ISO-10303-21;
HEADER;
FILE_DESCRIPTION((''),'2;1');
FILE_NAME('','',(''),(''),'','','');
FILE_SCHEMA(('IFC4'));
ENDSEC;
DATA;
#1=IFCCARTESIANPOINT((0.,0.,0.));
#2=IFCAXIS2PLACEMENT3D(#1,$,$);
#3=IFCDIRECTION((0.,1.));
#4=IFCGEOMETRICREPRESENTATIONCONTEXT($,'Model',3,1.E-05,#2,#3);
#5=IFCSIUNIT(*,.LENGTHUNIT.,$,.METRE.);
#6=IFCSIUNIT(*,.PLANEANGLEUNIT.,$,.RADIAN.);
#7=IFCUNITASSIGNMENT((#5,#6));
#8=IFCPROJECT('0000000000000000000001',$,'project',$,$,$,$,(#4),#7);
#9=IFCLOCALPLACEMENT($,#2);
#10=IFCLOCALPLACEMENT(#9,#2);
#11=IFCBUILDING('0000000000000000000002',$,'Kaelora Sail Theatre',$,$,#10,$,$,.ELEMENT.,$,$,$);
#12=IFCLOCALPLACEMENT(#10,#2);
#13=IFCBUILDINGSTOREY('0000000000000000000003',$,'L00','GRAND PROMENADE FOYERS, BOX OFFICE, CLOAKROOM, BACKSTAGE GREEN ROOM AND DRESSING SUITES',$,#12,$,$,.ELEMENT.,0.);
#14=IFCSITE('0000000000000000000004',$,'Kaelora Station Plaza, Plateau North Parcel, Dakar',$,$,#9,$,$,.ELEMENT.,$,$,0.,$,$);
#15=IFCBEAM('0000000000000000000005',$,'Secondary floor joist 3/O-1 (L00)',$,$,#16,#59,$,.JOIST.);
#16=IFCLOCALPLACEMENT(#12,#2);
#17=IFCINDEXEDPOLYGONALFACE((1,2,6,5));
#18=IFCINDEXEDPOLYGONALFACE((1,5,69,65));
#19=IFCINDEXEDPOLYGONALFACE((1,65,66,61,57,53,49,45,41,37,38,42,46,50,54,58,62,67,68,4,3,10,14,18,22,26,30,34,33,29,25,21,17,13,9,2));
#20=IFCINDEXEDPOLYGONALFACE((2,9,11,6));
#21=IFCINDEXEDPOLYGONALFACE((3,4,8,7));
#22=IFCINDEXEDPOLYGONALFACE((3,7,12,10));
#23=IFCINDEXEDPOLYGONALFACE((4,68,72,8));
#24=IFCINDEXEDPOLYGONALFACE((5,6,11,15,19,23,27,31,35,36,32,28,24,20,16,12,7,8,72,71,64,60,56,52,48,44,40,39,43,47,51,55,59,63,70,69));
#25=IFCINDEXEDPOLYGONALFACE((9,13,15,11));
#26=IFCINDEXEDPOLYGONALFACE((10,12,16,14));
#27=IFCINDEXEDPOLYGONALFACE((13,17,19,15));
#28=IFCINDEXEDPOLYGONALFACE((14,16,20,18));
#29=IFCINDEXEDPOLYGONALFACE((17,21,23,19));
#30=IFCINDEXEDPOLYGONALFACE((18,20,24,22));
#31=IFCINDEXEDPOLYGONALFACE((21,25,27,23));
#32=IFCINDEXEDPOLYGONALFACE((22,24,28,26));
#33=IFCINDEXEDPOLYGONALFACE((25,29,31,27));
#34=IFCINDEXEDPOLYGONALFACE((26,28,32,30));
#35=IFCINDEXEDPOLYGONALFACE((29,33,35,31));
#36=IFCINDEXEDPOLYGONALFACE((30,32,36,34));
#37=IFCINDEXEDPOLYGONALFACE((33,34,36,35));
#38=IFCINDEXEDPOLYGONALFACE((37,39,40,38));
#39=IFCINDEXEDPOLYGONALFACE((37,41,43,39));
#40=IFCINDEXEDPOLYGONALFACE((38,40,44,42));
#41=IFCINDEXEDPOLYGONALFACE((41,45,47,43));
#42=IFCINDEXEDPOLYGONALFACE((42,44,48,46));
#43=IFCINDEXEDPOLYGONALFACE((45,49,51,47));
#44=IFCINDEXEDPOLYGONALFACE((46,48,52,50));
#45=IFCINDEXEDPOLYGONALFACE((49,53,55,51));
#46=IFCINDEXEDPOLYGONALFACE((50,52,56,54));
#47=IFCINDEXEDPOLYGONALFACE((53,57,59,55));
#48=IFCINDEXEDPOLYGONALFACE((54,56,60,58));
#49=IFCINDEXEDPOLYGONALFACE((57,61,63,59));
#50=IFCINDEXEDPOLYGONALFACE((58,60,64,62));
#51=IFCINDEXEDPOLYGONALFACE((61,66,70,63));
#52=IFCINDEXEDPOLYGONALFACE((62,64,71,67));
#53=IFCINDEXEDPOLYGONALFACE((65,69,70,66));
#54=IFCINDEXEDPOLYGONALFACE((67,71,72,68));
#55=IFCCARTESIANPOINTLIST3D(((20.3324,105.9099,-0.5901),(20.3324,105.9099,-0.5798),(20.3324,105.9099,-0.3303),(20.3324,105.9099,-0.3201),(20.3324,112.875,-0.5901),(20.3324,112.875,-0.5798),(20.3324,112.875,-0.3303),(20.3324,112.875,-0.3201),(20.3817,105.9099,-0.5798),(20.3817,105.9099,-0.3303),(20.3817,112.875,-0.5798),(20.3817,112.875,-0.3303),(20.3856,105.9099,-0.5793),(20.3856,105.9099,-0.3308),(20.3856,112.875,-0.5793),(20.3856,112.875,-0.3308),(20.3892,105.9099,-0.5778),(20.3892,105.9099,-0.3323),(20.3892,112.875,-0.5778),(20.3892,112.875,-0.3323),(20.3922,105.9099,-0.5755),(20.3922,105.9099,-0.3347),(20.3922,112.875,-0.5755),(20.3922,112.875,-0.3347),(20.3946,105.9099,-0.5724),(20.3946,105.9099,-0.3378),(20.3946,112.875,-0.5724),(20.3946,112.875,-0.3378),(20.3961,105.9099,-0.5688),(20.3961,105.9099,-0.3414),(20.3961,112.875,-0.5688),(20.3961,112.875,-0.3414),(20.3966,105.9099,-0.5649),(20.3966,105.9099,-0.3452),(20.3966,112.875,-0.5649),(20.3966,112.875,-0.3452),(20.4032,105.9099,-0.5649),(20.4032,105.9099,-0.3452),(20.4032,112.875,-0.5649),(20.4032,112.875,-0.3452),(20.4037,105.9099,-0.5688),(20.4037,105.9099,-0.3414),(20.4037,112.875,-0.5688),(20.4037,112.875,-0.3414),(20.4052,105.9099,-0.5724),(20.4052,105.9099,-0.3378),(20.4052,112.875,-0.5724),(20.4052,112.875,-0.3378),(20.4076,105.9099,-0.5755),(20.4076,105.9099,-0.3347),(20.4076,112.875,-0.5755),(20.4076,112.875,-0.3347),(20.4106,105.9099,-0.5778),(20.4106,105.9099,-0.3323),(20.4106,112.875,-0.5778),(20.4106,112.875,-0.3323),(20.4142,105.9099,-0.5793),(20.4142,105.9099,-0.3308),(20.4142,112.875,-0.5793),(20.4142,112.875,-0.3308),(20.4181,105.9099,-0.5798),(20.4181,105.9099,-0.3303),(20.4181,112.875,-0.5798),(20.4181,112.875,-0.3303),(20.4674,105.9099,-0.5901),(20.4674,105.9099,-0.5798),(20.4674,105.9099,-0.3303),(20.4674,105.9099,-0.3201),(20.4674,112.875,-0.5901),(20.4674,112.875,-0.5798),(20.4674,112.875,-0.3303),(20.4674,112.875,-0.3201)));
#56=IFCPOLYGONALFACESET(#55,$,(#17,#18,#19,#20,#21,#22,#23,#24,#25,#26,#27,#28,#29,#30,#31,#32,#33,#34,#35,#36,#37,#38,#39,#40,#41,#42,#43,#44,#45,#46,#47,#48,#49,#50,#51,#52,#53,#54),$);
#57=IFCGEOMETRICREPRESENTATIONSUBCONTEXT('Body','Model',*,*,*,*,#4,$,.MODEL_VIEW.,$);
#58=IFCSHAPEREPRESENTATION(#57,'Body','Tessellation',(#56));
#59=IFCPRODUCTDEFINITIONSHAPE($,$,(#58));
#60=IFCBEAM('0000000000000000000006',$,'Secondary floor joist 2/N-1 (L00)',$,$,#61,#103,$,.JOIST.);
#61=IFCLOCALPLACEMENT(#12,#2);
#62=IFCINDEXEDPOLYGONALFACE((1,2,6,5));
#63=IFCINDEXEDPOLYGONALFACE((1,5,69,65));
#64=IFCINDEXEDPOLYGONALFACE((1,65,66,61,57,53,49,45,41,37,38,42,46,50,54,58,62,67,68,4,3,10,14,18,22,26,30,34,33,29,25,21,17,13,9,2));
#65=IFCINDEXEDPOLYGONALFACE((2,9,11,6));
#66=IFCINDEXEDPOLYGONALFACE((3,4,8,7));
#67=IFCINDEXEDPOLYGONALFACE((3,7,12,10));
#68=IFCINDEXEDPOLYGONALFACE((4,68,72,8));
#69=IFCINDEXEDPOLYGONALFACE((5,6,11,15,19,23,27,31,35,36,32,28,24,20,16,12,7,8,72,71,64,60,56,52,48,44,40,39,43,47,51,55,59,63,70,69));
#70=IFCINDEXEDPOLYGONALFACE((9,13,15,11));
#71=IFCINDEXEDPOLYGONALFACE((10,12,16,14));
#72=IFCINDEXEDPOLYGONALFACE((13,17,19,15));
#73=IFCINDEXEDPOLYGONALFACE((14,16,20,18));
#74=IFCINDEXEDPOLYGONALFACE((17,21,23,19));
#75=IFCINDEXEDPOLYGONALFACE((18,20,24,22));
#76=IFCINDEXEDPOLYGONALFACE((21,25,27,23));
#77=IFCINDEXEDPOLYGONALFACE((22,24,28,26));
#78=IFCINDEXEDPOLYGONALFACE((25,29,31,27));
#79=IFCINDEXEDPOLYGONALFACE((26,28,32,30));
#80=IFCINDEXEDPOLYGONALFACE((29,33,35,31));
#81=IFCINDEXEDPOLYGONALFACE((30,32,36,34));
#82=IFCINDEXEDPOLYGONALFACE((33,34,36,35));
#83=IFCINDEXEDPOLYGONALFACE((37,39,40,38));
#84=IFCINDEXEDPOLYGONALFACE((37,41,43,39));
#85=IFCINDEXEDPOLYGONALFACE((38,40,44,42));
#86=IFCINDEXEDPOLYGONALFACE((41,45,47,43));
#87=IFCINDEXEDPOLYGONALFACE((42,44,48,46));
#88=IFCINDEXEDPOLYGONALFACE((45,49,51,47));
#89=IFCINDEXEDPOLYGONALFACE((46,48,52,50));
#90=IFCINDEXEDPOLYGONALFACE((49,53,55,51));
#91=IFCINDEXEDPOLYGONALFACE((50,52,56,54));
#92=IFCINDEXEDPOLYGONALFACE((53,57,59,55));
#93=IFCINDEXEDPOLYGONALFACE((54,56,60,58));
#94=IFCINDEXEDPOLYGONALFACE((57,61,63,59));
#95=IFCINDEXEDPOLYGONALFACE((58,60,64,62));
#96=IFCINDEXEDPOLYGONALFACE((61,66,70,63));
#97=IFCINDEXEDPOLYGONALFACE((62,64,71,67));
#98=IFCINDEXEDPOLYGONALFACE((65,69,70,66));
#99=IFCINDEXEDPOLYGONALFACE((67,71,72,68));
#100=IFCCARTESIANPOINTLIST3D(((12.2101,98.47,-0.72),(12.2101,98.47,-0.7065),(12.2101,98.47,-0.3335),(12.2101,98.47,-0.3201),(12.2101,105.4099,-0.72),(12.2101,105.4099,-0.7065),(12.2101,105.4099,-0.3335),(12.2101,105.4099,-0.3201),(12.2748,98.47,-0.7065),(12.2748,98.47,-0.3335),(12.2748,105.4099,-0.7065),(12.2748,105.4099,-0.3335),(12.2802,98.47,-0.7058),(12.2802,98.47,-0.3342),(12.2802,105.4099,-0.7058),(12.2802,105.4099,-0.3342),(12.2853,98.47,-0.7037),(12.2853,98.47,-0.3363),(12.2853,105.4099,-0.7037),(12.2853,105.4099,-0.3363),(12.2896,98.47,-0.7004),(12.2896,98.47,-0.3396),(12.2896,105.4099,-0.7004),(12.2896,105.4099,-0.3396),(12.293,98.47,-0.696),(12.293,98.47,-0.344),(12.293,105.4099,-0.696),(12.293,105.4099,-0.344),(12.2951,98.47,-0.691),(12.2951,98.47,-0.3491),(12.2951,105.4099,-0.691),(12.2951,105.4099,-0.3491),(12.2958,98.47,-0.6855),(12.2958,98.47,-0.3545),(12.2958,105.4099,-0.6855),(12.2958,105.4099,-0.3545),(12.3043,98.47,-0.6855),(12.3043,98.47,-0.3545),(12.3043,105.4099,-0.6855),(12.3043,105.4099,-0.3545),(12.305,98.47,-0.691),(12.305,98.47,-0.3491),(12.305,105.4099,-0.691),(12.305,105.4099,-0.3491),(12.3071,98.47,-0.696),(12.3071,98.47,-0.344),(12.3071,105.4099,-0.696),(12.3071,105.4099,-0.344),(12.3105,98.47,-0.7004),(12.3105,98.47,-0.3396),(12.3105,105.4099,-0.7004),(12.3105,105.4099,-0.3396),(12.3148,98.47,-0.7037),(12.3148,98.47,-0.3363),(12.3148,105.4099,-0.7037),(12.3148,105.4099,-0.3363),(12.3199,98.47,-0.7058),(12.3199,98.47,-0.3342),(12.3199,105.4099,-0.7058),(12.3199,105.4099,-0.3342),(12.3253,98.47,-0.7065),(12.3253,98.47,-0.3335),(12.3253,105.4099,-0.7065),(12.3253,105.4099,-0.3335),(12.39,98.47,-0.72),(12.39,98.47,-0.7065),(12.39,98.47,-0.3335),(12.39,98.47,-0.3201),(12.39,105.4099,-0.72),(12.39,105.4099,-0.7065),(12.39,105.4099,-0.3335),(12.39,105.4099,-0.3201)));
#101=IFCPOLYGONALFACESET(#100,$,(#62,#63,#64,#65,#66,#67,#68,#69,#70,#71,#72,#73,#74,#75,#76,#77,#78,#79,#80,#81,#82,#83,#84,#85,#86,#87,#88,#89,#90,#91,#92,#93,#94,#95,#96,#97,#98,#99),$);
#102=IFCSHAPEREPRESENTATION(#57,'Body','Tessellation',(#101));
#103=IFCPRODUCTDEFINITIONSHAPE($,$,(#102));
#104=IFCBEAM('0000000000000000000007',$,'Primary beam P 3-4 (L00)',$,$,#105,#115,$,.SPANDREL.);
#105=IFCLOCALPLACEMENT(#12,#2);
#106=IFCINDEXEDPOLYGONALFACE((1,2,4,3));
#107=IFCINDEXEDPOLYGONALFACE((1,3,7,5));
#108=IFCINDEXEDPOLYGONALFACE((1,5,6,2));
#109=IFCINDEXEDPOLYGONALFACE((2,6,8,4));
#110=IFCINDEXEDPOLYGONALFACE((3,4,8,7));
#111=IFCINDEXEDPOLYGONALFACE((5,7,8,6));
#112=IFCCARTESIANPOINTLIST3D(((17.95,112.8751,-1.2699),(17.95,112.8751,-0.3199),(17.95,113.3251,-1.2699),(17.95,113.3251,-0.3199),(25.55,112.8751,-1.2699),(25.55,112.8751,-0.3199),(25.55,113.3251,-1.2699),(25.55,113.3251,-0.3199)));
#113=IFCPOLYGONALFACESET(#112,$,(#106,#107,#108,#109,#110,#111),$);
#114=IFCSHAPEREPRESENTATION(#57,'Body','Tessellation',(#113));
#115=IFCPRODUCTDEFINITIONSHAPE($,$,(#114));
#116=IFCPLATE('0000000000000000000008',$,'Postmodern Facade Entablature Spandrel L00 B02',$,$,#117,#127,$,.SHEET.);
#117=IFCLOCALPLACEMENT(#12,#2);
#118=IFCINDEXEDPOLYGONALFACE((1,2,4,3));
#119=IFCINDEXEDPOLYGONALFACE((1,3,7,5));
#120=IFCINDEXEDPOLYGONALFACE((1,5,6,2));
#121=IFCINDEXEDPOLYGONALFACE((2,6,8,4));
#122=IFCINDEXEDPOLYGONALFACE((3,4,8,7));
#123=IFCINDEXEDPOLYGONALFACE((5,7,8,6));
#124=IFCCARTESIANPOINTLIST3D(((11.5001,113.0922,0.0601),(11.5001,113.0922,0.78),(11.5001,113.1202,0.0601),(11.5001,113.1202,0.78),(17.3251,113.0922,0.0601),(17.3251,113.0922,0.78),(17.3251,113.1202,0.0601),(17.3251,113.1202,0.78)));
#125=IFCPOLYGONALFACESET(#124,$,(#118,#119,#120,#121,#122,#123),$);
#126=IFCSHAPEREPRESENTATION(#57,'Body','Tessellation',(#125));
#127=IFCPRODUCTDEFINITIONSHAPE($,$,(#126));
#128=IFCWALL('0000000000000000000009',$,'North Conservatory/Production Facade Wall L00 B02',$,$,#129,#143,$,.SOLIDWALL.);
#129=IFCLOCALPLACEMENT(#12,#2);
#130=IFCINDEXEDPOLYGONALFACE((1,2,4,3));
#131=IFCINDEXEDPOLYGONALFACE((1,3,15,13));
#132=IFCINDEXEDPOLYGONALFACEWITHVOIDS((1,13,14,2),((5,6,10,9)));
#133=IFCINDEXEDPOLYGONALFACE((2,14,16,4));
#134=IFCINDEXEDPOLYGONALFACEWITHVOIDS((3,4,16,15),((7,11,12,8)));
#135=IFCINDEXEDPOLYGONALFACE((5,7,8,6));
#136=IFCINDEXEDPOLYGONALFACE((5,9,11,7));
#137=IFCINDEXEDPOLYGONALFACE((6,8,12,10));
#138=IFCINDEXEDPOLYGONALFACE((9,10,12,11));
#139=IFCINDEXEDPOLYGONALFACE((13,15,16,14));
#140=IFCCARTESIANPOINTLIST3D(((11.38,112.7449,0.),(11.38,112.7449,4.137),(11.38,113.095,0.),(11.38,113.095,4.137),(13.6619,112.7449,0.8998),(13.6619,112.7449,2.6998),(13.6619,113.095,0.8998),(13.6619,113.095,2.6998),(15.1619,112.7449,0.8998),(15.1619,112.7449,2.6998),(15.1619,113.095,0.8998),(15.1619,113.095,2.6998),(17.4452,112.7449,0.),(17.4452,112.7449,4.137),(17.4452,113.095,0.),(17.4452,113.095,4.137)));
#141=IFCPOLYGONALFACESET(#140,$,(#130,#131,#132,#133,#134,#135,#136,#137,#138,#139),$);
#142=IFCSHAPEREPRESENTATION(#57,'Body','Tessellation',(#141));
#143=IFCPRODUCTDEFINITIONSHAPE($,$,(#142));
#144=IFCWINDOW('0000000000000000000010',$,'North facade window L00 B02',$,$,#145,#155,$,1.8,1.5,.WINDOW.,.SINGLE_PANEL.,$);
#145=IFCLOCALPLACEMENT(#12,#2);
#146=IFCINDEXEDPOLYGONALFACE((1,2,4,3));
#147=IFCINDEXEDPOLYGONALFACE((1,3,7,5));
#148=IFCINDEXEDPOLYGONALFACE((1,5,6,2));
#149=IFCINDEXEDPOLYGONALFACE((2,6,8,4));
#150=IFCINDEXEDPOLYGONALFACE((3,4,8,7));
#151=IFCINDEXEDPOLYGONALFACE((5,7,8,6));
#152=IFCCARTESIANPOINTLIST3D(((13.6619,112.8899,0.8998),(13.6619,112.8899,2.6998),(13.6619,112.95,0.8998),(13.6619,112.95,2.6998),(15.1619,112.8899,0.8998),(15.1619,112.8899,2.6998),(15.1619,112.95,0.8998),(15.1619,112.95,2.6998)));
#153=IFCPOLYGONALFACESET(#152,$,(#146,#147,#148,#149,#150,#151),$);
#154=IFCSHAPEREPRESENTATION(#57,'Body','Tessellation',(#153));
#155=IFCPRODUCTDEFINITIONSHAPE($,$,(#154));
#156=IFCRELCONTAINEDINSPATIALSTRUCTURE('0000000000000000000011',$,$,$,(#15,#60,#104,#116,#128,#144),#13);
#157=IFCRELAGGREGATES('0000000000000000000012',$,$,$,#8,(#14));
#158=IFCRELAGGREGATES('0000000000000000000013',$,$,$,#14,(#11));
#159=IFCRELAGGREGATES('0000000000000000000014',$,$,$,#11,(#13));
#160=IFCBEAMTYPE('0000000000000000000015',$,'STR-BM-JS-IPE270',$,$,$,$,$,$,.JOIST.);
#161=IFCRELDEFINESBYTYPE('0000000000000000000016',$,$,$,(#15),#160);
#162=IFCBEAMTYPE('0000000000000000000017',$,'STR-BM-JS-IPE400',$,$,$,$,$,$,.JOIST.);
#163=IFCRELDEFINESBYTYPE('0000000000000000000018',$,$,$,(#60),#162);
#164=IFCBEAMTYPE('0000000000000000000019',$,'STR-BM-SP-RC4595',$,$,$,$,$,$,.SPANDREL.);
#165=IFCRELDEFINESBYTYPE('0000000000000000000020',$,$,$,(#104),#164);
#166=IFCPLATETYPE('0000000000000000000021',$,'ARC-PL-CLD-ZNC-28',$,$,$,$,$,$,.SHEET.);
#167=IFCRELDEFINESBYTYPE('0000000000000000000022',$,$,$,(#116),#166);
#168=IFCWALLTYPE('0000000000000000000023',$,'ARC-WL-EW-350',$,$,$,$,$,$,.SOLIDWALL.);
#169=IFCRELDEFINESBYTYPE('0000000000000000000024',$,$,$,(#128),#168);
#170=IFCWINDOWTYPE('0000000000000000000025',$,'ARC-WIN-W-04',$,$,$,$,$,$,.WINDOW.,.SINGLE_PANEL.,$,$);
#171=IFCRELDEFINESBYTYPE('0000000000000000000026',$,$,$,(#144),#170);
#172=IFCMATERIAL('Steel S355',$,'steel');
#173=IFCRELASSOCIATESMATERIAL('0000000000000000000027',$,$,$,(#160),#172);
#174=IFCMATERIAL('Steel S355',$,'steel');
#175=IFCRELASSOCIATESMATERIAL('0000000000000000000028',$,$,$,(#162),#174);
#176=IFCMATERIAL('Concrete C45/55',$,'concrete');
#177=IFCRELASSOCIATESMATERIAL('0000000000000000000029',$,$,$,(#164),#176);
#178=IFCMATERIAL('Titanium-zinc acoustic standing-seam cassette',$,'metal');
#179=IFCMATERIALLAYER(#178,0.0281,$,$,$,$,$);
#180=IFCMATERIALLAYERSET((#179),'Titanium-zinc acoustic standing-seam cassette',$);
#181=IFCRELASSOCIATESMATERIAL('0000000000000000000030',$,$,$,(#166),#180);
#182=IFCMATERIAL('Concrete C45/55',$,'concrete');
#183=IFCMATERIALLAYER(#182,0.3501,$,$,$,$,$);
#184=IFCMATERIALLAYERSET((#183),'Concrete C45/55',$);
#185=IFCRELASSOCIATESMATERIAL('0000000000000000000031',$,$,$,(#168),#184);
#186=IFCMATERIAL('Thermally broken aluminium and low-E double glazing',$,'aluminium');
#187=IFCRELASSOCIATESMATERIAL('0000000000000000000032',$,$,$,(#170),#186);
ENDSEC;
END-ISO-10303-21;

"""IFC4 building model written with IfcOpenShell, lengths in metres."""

from ifc_helpers import new_model, si_unit, direction, frame, frame_2d, origin, origin_2d, place, context, subcontext, project, spatial, rectangle, i_section, extrude, material, layer, layer_set, material_profile, profile_set, type_object, element, fill, save


model = new_model("IFC4")

# Units and contexts
model_context = context("Model", 3, precision=1e-05, world=origin(), true_north=direction((0.0, 1.0)))
body_context = subcontext(model_context, "Body", "Model", "MODEL_VIEW")
ifc_project = project(units=[si_unit("LENGTHUNIT", "METRE"), si_unit("PLANEANGLEUNIT", "RADIAN")], contexts=[model_context])

# Site, building, storey
site_placement = place(None, origin())
site = spatial("IfcSite", under=ifc_project, at=site_placement, Name="Kaelora Station Plaza, Plateau North Parcel, Dakar", CompositionType="ELEMENT", RefElevation=0.0)
building_placement = place(site_placement, origin())
building = spatial("IfcBuilding", under=site, at=building_placement, Name="Kaelora Sail Theatre", CompositionType="ELEMENT")
storey_placement = place(building_placement, origin())
storey = spatial("IfcBuildingStorey", under=building, at=storey_placement, Name="L00", Description="GRAND PROMENADE FOYERS, BOX OFFICE, CLOAKROOM, BACKSTAGE GREEN ROOM AND DRESSING SUITES", CompositionType="ELEMENT", Elevation=0.0)

# Beams
ifc_material_1 = material(Name="Steel S355", Category="steel")
ifc_material_profile_1 = material_profile(ifc_material_1, i_section(OverallWidth=0.135, OverallDepth=0.27, WebThickness=0.0066, FlangeThickness=0.0103, FilletRadius=0.0149, at=origin_2d()), Name="IPE 270")
ifc_profile_set_1 = profile_set([ifc_material_profile_1], Name="Steel S355")
beam_type_1 = type_object("IfcBeamType", Name="STR-BM-JS-IPE270", PredefinedType="JOIST", material=ifc_profile_set_1)
for number, where, z_axis, x_axis, name in (
    (1, (20.3999, 105.9099, -0.4551), (0.0, 1.0, 0.0), (-1.0, 0.0, 0.0), "Secondary floor joist 3/O-1 (L00)"),
):
    element("IfcBeam", number, at=place(storey_placement, frame(where, z_axis=z_axis, x_axis=x_axis)), inside=storey, type_object=beam_type_1, Name=name, PredefinedType="JOIST", context=body_context, shape_type="SweptSolid", body=[
        extrude(i_section(OverallWidth=0.135, OverallDepth=0.27, WebThickness=0.0066, FlangeThickness=0.0103, FilletRadius=0.0149, at=origin_2d()), origin(), (0.0, 0.0, 1.0), 6.9651),
    ])
ifc_material_2 = material(Name="Steel S355", Category="steel")
ifc_material_profile_2 = material_profile(ifc_material_2, i_section(OverallWidth=0.1799, OverallDepth=0.3999, WebThickness=0.0085, FlangeThickness=0.0134, FilletRadius=0.021, at=origin_2d()), Name="IPE 400")
ifc_profile_set_2 = profile_set([ifc_material_profile_2], Name="Steel S355")
beam_type_2 = type_object("IfcBeamType", Name="STR-BM-JS-IPE400", PredefinedType="JOIST", material=ifc_profile_set_2)
beam_1_placement = place(storey_placement, frame((12.3, 98.47, -0.52), z_axis=(0.0, 1.0, 0.0), x_axis=(-1.0, 0.0, 0.0)))
element("IfcBeam", 2, at=beam_1_placement, inside=storey, type_object=beam_type_2, Name="Secondary floor joist 2/N-1 (L00)", PredefinedType="JOIST", context=body_context, shape_type="SweptSolid", body=[
    extrude(i_section(OverallWidth=0.1799, OverallDepth=0.3999, WebThickness=0.0085, FlangeThickness=0.0134, FilletRadius=0.021, at=origin_2d()), origin(), (0.0, 0.0, 1.0), 6.9399),
])
ifc_material_3 = material(Name="Concrete C45/55", Category="concrete")
ifc_material_profile_3 = material_profile(ifc_material_3, rectangle(XDim=0.45, YDim=0.95, at=origin_2d()), Name="RC-SPN 450x950")
ifc_profile_set_3 = profile_set([ifc_material_profile_3], Name="Concrete C45/55")
beam_type_3 = type_object("IfcBeamType", Name="STR-BM-SP-RC4595", PredefinedType="SPANDREL", material=ifc_profile_set_3)
beam_2_placement = place(storey_placement, frame((17.95, 113.1001, -0.7949), z_axis=(1.0, 0.0, 0.0), x_axis=(0.0, 1.0, 0.0)))
element("IfcBeam", 3, at=beam_2_placement, inside=storey, type_object=beam_type_3, Name="Primary beam P 3-4 (L00)", PredefinedType="SPANDREL", context=body_context, shape_type="SweptSolid", body=[
    extrude(rectangle(XDim=0.45, YDim=0.95, at=origin_2d()), origin(), (0.0, 0.0, 1.0), 7.6001),
])

# Plate
ifc_material_4 = material(Name="Titanium-zinc acoustic standing-seam cassette", Category="metal")
ifc_layer_1 = layer(ifc_material_4, 0.0281)
ifc_layer_set_1 = layer_set([ifc_layer_1], Name="Titanium-zinc acoustic standing-seam cassette")
plate_type = type_object("IfcPlateType", Name="ARC-PL-CLD-ZNC-28", PredefinedType="SHEET", material=ifc_layer_set_1)
plate_placement = place(storey_placement, frame((14.4126, 113.1062, 0.0601), z_axis=(0.0, 0.0, 1.0), x_axis=(1.0, 0.0, 0.0)))
element("IfcPlate", 4, at=plate_placement, inside=storey, type_object=plate_type, Name="Postmodern Facade Entablature Spandrel L00 B02", PredefinedType="SHEET", context=body_context, shape_type="SweptSolid", body=[
    extrude(rectangle(XDim=5.825, YDim=0.0281, at=origin_2d()), origin(), (0.0, 0.0, 1.0), 0.72),
])

# Wall, opening, window
ifc_material_5 = material(Name="Concrete C45/55", Category="concrete")
ifc_layer_2 = layer(ifc_material_5, 0.3501)
ifc_layer_set_2 = layer_set([ifc_layer_2], Name="Concrete C45/55")
wall_type_1 = type_object("IfcWallType", Name="ARC-WL-EW-350", PredefinedType="SOLIDWALL", material=ifc_layer_set_2)
wall_1_placement = place(storey_placement, frame((11.3799, 112.9199, 0.0), z_axis=(0.0, 0.0, 1.0), x_axis=(1.0, 0.0, 0.0)))
wall_1 = element("IfcWall", 5, at=wall_1_placement, inside=storey, type_object=wall_type_1, Name="North Conservatory/Production Facade Wall L00 B02", PredefinedType="SOLIDWALL", context=body_context, shape_type="SweptSolid", body=[
    extrude(rectangle(XDim=6.0652, YDim=0.3501, at=frame_2d((3.0327, 0.0))), origin(), (0.0, 0.0, 1.0), 4.137),
])
opening_1_placement = place(wall_1_placement, frame((2.282, 0.0, 0.8999)))
opening_1 = element("IfcOpeningElement", 6, at=opening_1_placement, cuts=wall_1, PredefinedType="OPENING", context=body_context, shape_type="SweptSolid", body=[
    extrude(rectangle(XDim=1.5, YDim=1.8, at=frame_2d((0.75, 0.8999))), frame((0.0, 0.185, 0.0), z_axis=(0.0, -1.0, 0.0), x_axis=(1.0, 0.0, 0.0)), (0.0, 0.0, 1.0), 0.3701),
])
ifc_material_6 = material(Name="Thermally broken aluminium and low-E double glazing", Category="aluminium")
window_type = type_object("IfcWindowType", Name="ARC-WIN-W-04", PartitioningType="SINGLE_PANEL", PredefinedType="WINDOW", material=ifc_material_6)
window_placement = place(opening_1_placement, origin())
window = element("IfcWindow", 7, at=window_placement, inside=storey, type_object=window_type, Name="North facade window L00 B02", OverallHeight=1.8, OverallWidth=1.5, PartitioningType="SINGLE_PANEL", PredefinedType="WINDOW", context=body_context, shape_type="SweptSolid", body=[
    extrude(rectangle(XDim=1.5, YDim=1.8, at=frame_2d((0.75, 0.8999))), frame((0.0, 0.03, 0.0), z_axis=(0.0, -1.0, 0.0), x_axis=(1.0, 0.0, 0.0)), (0.0, 0.0, 1.0), 0.0601),
])
fill(opening_1, window)

save(model, "model.ifc")
